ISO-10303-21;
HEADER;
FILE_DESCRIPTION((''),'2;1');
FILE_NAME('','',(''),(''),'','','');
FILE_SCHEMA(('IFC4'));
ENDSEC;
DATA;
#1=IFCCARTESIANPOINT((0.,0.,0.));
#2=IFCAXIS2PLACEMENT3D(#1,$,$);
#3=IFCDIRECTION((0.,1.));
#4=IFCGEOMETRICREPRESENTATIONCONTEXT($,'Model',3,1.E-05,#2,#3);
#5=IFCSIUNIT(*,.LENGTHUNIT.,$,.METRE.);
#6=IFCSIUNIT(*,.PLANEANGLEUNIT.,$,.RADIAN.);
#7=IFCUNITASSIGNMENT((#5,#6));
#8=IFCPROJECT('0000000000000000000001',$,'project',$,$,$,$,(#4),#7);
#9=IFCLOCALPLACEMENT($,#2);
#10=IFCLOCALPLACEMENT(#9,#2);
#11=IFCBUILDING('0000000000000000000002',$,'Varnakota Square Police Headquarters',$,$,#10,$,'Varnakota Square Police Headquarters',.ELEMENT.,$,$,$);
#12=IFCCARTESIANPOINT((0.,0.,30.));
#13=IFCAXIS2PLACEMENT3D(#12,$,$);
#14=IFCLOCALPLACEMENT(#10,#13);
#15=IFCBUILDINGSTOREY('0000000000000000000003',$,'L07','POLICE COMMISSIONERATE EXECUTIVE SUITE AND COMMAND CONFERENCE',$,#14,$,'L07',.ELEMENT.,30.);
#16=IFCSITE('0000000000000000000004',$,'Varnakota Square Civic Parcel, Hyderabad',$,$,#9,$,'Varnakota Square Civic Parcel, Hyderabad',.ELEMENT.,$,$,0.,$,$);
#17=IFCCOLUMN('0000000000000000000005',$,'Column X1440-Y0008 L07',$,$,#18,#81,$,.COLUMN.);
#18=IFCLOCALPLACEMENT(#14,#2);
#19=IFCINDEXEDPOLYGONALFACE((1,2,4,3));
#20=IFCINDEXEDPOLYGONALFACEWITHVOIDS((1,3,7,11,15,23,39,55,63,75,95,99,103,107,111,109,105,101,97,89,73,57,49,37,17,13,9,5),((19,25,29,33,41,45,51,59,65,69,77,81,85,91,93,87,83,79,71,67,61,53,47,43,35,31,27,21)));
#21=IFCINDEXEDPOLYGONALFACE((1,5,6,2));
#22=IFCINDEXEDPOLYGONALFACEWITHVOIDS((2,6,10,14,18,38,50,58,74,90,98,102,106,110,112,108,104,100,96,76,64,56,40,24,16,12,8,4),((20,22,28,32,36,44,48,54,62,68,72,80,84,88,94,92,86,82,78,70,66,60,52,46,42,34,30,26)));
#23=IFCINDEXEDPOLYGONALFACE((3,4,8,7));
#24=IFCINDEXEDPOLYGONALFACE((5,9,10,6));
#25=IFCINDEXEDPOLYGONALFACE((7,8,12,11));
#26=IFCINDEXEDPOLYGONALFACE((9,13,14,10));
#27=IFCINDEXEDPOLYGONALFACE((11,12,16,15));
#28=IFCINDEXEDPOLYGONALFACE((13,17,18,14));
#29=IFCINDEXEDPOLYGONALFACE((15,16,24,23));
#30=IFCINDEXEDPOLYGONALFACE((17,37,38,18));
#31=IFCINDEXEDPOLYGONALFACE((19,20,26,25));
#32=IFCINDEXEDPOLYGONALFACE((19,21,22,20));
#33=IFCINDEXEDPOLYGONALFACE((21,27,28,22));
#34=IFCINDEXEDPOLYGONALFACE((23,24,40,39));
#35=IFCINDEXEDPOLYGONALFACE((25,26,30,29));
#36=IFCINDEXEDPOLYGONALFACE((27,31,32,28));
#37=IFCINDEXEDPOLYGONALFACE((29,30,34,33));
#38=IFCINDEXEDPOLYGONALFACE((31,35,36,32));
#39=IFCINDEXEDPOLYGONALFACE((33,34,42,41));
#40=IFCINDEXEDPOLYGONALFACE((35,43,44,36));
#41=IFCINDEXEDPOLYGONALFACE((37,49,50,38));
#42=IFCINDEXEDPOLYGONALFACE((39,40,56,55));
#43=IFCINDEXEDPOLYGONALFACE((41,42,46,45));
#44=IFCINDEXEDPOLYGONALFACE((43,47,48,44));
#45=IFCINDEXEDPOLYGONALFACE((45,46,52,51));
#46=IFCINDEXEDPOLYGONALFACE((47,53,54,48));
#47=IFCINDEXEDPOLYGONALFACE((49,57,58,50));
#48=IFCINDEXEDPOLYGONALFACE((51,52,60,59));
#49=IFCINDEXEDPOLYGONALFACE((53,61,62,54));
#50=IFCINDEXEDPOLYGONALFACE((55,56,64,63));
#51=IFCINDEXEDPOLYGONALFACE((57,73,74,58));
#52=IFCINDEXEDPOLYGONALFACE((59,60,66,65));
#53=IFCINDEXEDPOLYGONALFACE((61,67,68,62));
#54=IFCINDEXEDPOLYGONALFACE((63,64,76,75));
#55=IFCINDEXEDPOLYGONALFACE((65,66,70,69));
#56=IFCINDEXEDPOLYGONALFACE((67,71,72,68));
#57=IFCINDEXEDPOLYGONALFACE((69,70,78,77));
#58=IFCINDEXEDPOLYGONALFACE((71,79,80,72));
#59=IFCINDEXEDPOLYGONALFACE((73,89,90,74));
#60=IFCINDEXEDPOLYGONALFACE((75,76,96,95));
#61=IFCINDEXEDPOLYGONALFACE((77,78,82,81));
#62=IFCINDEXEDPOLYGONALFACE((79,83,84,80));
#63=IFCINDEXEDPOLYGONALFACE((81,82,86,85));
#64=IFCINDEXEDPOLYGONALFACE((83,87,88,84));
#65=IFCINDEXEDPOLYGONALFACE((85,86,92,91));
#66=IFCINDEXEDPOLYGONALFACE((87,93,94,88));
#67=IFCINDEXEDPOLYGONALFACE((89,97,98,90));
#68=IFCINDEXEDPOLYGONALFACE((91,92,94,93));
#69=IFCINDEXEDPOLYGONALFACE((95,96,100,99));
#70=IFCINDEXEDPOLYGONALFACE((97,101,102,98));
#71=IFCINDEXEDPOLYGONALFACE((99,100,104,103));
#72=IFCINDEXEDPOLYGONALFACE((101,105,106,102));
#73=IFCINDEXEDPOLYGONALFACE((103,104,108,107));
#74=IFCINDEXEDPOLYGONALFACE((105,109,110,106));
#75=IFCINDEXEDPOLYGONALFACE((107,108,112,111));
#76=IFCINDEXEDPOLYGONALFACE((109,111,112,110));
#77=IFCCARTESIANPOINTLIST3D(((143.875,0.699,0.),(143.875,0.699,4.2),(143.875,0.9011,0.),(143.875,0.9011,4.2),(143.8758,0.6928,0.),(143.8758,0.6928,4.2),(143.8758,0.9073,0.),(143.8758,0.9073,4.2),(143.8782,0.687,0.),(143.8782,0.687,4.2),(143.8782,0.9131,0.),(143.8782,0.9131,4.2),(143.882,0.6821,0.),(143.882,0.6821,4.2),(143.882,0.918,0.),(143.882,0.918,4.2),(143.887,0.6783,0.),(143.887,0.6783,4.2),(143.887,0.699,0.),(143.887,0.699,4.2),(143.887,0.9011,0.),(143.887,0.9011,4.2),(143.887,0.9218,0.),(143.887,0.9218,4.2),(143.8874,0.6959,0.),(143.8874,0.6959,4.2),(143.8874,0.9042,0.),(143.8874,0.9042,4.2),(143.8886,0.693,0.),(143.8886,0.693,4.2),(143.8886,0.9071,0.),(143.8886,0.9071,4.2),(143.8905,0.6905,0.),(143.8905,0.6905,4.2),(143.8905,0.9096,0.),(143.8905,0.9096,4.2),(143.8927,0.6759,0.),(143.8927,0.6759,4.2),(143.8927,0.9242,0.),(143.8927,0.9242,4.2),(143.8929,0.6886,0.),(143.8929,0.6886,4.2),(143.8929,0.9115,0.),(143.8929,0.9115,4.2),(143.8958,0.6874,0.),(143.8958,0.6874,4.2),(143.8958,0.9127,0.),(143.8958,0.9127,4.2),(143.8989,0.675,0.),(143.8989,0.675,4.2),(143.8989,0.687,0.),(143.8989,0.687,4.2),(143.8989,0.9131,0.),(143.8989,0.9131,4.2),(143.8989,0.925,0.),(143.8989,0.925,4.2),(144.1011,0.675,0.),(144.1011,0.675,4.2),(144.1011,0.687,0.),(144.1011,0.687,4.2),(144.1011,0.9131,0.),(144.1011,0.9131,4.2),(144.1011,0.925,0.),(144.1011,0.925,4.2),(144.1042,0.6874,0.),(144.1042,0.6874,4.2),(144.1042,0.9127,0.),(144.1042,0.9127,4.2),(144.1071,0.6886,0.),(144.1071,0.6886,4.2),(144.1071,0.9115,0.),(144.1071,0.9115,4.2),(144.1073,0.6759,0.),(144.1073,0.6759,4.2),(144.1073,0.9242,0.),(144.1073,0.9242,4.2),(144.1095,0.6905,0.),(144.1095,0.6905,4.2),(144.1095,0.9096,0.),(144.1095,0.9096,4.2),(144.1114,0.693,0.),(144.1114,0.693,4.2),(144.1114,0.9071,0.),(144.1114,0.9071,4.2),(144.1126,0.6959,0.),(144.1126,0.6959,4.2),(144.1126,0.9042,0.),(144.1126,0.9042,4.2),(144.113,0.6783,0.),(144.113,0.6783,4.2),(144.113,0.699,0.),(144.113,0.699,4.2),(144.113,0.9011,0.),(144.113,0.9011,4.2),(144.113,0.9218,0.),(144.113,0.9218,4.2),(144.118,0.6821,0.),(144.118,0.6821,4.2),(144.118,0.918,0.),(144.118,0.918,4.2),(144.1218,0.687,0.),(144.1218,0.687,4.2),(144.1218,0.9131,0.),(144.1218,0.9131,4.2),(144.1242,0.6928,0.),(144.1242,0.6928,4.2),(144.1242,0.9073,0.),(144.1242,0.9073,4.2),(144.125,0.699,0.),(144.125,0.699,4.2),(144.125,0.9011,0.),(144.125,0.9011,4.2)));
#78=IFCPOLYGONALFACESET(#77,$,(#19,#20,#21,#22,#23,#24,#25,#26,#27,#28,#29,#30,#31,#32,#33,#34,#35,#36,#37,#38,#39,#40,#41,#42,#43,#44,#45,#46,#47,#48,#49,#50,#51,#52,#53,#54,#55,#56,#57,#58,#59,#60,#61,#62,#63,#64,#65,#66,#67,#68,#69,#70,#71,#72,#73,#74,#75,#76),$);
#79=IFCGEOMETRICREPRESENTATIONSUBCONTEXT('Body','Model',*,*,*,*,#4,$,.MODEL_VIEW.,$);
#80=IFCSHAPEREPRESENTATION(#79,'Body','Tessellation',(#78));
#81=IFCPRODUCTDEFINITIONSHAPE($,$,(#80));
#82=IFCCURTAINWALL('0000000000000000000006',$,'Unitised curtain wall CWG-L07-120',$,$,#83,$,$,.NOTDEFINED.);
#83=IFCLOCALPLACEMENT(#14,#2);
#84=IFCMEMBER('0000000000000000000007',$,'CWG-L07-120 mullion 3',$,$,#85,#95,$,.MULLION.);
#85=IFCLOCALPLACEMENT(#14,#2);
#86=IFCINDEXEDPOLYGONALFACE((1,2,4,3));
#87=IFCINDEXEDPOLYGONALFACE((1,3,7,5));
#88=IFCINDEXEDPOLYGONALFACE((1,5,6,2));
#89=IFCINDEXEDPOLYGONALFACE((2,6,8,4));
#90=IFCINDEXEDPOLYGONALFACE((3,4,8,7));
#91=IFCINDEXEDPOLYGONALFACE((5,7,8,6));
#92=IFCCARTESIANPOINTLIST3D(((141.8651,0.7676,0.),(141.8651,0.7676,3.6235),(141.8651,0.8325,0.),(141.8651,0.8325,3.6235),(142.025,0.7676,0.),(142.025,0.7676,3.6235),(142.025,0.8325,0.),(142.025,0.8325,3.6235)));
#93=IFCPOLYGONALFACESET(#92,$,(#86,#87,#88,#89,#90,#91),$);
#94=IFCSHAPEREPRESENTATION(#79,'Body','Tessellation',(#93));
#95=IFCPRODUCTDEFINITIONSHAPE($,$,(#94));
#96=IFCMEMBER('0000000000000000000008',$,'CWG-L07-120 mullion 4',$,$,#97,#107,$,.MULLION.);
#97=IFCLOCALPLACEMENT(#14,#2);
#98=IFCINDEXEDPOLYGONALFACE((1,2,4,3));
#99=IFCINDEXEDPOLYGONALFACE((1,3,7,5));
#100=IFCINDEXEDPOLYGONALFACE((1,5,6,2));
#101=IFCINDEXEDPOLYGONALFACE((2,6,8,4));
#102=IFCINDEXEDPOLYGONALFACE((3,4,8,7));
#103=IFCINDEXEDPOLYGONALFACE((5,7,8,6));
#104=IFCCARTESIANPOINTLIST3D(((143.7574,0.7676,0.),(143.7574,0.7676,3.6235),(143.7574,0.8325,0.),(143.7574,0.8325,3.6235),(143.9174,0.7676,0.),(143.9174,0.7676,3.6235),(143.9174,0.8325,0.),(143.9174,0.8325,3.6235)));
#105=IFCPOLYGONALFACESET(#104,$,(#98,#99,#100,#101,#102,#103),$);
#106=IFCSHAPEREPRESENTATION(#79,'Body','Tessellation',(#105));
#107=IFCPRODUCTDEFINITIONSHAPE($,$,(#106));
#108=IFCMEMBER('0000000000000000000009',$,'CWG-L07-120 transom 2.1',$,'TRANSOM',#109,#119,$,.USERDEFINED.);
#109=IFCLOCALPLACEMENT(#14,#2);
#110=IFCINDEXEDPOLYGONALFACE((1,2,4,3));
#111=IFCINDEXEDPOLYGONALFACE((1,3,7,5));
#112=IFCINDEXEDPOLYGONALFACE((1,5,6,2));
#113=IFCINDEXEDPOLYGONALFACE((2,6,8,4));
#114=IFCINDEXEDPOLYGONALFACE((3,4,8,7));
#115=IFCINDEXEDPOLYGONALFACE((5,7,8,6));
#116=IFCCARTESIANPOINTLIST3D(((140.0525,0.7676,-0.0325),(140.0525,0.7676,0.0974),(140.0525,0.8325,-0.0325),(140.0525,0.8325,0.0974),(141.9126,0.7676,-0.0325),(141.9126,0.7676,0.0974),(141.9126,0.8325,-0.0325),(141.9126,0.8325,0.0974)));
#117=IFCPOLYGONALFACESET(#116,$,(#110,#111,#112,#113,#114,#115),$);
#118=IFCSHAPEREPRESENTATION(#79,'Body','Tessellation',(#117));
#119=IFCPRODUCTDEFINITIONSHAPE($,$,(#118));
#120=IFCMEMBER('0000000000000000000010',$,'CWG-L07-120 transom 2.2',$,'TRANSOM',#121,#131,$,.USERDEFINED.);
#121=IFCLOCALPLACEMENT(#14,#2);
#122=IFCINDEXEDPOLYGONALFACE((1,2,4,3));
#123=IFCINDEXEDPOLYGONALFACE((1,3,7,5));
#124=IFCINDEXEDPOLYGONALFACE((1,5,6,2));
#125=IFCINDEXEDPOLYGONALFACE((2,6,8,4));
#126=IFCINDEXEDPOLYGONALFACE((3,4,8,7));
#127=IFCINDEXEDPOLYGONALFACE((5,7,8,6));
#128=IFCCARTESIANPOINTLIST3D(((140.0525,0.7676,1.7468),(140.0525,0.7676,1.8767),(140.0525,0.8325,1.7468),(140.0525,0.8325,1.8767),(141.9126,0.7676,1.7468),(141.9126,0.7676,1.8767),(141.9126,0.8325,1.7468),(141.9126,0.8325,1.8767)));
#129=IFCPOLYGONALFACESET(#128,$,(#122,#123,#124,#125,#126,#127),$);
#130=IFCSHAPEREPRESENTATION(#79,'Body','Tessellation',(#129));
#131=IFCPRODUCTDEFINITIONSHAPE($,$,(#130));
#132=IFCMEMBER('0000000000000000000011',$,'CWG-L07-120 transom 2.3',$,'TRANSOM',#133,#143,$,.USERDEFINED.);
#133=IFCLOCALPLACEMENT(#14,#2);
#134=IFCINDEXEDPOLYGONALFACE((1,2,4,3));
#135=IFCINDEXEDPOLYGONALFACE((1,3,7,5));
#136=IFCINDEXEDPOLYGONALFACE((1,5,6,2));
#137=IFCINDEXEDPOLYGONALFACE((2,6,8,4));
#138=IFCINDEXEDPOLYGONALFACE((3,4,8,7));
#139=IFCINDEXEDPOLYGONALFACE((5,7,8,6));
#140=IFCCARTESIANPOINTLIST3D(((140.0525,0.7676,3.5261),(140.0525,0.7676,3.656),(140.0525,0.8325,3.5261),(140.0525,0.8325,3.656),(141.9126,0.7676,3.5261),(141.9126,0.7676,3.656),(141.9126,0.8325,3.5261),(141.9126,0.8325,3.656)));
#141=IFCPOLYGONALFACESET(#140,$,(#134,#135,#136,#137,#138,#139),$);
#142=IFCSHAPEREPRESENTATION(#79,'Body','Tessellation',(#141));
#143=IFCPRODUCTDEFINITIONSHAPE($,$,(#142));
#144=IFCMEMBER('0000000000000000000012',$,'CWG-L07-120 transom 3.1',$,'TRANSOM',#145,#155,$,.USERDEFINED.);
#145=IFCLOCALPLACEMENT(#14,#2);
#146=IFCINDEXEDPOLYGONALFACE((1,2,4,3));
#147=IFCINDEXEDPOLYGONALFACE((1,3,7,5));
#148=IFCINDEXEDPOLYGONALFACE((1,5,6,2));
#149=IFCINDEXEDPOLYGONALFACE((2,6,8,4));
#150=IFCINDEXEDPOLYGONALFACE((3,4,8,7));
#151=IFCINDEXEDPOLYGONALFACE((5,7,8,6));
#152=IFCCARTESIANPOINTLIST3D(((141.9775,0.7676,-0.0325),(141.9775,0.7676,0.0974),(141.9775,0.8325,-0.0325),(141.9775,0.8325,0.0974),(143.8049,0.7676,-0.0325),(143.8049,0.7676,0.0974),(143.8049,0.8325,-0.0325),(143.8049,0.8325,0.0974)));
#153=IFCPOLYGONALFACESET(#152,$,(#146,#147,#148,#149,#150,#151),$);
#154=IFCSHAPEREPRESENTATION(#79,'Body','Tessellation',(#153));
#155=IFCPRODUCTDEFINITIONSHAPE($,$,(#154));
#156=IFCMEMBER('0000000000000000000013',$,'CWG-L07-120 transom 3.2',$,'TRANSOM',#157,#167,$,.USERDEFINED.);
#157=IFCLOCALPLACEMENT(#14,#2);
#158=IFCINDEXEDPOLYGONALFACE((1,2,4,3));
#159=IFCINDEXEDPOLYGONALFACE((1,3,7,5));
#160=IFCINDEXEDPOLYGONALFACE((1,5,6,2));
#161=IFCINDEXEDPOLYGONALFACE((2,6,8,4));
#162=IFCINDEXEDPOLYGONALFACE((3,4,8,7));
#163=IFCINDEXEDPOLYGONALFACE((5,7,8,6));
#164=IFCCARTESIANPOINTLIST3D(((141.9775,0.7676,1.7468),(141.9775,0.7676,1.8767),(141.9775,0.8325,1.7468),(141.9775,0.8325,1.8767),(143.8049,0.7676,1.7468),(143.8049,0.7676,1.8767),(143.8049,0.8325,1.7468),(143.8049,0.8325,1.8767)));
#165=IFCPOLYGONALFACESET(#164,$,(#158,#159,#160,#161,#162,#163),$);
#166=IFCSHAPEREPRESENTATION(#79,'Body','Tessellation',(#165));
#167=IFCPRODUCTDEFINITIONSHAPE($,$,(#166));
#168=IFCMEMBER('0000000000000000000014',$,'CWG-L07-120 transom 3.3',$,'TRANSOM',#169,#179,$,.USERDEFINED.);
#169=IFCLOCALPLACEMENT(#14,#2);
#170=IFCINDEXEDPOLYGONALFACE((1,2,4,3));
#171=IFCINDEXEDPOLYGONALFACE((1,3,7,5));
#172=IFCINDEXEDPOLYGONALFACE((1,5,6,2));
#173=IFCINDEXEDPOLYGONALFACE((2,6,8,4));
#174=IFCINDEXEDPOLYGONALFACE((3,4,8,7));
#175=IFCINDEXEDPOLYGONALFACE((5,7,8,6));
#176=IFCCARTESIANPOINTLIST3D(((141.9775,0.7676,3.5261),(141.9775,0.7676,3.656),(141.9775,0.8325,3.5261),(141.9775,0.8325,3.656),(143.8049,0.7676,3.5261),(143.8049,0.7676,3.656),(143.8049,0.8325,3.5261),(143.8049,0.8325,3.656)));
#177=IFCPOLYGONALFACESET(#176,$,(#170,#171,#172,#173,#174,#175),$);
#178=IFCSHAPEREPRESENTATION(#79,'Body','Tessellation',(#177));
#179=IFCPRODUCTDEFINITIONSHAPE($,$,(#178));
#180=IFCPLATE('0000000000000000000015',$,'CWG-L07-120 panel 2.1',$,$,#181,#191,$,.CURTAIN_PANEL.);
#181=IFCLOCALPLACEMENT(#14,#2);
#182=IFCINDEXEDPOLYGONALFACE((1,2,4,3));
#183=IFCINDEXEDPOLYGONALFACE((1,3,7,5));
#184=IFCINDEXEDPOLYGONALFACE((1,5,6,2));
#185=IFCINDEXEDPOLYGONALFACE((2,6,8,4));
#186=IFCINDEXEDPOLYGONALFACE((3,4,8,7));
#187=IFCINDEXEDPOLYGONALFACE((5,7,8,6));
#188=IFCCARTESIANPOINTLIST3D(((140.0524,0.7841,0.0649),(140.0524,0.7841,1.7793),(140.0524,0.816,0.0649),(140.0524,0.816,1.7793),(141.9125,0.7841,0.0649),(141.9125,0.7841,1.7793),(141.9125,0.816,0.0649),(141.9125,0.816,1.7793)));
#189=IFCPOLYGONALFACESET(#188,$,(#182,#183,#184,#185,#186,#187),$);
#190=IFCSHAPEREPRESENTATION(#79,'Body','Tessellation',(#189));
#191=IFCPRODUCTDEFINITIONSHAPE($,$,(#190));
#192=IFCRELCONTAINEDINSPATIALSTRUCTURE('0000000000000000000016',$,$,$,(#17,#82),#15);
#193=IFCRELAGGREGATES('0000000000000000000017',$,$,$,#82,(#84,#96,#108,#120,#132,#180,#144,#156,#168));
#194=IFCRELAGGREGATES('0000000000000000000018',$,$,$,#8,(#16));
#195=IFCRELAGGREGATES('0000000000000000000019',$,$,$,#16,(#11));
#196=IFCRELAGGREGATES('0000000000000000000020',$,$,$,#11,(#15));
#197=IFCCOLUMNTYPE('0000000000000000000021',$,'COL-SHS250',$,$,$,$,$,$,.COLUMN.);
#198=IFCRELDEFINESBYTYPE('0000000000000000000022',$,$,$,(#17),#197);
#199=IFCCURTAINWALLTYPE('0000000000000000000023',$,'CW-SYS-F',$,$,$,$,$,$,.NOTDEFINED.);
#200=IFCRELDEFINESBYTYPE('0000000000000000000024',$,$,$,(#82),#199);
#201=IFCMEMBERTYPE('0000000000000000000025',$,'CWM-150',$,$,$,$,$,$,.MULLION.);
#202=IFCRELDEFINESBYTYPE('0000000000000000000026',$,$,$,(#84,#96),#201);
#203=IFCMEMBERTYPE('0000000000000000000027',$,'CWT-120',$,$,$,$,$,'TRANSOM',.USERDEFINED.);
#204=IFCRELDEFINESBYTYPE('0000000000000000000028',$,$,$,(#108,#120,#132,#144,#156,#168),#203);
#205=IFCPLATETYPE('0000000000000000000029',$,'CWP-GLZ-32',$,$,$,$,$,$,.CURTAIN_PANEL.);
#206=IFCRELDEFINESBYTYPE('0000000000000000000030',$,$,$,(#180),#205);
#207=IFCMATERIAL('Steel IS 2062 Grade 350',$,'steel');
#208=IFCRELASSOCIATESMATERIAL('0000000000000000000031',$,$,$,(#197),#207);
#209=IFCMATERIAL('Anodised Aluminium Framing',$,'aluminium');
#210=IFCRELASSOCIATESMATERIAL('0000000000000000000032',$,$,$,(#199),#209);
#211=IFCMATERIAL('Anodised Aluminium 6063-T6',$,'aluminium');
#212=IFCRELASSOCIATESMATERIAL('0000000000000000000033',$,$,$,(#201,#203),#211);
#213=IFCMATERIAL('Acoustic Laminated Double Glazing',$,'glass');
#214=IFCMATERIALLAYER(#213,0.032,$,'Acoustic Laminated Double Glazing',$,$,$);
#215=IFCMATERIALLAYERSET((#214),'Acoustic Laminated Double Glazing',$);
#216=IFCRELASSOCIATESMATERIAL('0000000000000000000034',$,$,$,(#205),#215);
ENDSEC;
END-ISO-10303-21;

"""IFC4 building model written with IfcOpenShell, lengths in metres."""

from ifc_helpers import new_model, si_unit, direction, frame, origin, origin_2d, place, context, subcontext, project, spatial, rectangle, hollow_rectangle, extrude, material, layer, layer_set, material_profile, profile_set, type_object, element, aggregate, save


model = new_model("IFC4")

# Units and contexts
model_context = context("Model", 3, precision=1e-05, world=origin(), true_north=direction((0.0, 1.0)))
body_context = subcontext(model_context, "Body", "Model", "MODEL_VIEW")
ifc_project = project(units=[si_unit("LENGTHUNIT", "METRE"), si_unit("PLANEANGLEUNIT", "RADIAN")], contexts=[model_context])

# Site, building, storey
site_placement = place(None, origin())
site = spatial("IfcSite", under=ifc_project, at=site_placement, Name="Varnakota Square Civic Parcel, Hyderabad", LongName="Varnakota Square Civic Parcel, Hyderabad", CompositionType="ELEMENT", RefElevation=0.0)
building_placement = place(site_placement, origin())
building = spatial("IfcBuilding", under=site, at=building_placement, Name="Varnakota Square Police Headquarters", LongName="Varnakota Square Police Headquarters", CompositionType="ELEMENT")
storey_placement = place(building_placement, frame((0.0, 0.0, 30.0)))
storey = spatial("IfcBuildingStorey", under=building, at=storey_placement, Name="L07", Description="POLICE COMMISSIONERATE EXECUTIVE SUITE AND COMMAND CONFERENCE", LongName="L07", CompositionType="ELEMENT", Elevation=30.0)

# Column
ifc_material_1 = material(Name="Steel IS 2062 Grade 350", Category="steel")
ifc_material_profile_1 = material_profile(ifc_material_1, hollow_rectangle(XDim=0.25, YDim=0.25, WallThickness=0.012, InnerFilletRadius=0.012, OuterFilletRadius=0.0239, at=origin_2d()), Name="SHS 250x250x12")
ifc_profile_set_1 = profile_set([ifc_material_profile_1], Name="Steel IS 2062 Grade 350")
column_type = type_object("IfcColumnType", Name="COL-SHS250", PredefinedType="COLUMN", material=ifc_profile_set_1)
column_placement = place(storey_placement, frame((144.0, 0.8, 0.0), z_axis=(0.0, 0.0, 1.0), x_axis=(1.0, 0.0, 0.0)))
element("IfcColumn", 1, at=column_placement, inside=storey, type_object=column_type, Name="Column X1440-Y0008 L07", PredefinedType="COLUMN", context=body_context, shape_type="SweptSolid", body=[
    extrude(hollow_rectangle(XDim=0.25, YDim=0.25, WallThickness=0.012, InnerFilletRadius=0.012, OuterFilletRadius=0.0239, at=origin_2d()), origin(), (0.0, 0.0, 1.0), 4.2),
])

# Curtain wall, members, plate
ifc_material_2 = material(Name="Anodised Aluminium Framing", Category="aluminium")
curtain_wall_type = type_object("IfcCurtainWallType", Name="CW-SYS-F", PredefinedType="NOTDEFINED", material=ifc_material_2)
curtain_wall_placement = place(storey_placement, origin())
curtain_wall = element("IfcCurtainWall", 2, at=curtain_wall_placement, inside=storey, type_object=curtain_wall_type, Name="Unitised curtain wall CWG-L07-120", PredefinedType="NOTDEFINED")
ifc_material_3 = material(Name="Anodised Aluminium 6063-T6", Category="aluminium")
ifc_material_profile_2 = material_profile(ifc_material_3, rectangle(XDim=0.0649, YDim=0.1599, at=origin_2d()), Name="ALU MULLION 65x160")
ifc_profile_set_2 = profile_set([ifc_material_profile_2], Name="Anodised Aluminium 6063-T6")
member_type_1 = type_object("IfcMemberType", Name="CWM-150", PredefinedType="MULLION", material=ifc_profile_set_2)
member_1_placement = place(storey_placement, frame((141.9451, 0.8, 0.0), z_axis=(0.0, 0.0, 1.0), x_axis=(0.0, 1.0, 0.0)))
member_1 = element("IfcMember", 3, at=member_1_placement, type_object=member_type_1, Name="CWG-L07-120 mullion 3", PredefinedType="MULLION", context=body_context, shape_type="SweptSolid", body=[
    extrude(rectangle(XDim=0.0649, YDim=0.1599, at=origin_2d()), origin(), (0.0, 0.0, 1.0), 3.6235),
])
member_2_placement = place(storey_placement, frame((143.8374, 0.8, 0.0), z_axis=(0.0, 0.0, 1.0), x_axis=(0.0, 1.0, 0.0)))
member_2 = element("IfcMember", 4, at=member_2_placement, type_object=member_type_1, Name="CWG-L07-120 mullion 4", PredefinedType="MULLION", context=body_context, shape_type="SweptSolid", body=[
    extrude(rectangle(XDim=0.0649, YDim=0.1599, at=origin_2d()), origin(), (0.0, 0.0, 1.0), 3.6235),
])
ifc_material_profile_3 = material_profile(ifc_material_3, rectangle(XDim=0.0649, YDim=0.1299, at=origin_2d()), Name="ALU TRANSOM 65x130")
ifc_profile_set_3 = profile_set([ifc_material_profile_3], Name="Anodised Aluminium 6063-T6")
member_type_2 = type_object("IfcMemberType", Name="CWT-120", ElementType="TRANSOM", PredefinedType="USERDEFINED", material=ifc_profile_set_3)
member_3_placement = place(storey_placement, frame((140.0525, 0.8, 0.0325), z_axis=(1.0, 0.0, 0.0), x_axis=(0.0, 1.0, 0.0)))
member_3 = element("IfcMember", 5, at=member_3_placement, type_object=member_type_2, Name="CWG-L07-120 transom 2.1", ObjectType="TRANSOM", PredefinedType="USERDEFINED", context=body_context, shape_type="SweptSolid", body=[
    extrude(rectangle(XDim=0.0649, YDim=0.1299, at=origin_2d()), origin(), (0.0, 0.0, 1.0), 1.8601),
])
member_4_placement = place(storey_placement, frame((140.0525, 0.8, 1.8118), z_axis=(1.0, 0.0, 0.0), x_axis=(0.0, 1.0, 0.0)))
member_4 = element("IfcMember", 6, at=member_4_placement, type_object=member_type_2, Name="CWG-L07-120 transom 2.2", ObjectType="TRANSOM", PredefinedType="USERDEFINED", context=body_context, shape_type="SweptSolid", body=[
    extrude(rectangle(XDim=0.0649, YDim=0.1299, at=origin_2d()), origin(), (0.0, 0.0, 1.0), 1.8601),
])
member_5_placement = place(storey_placement, frame((140.0525, 0.8, 3.5911), z_axis=(1.0, 0.0, 0.0), x_axis=(0.0, 1.0, 0.0)))
member_5 = element("IfcMember", 7, at=member_5_placement, type_object=member_type_2, Name="CWG-L07-120 transom 2.3", ObjectType="TRANSOM", PredefinedType="USERDEFINED", context=body_context, shape_type="SweptSolid", body=[
    extrude(rectangle(XDim=0.0649, YDim=0.1299, at=origin_2d()), origin(), (0.0, 0.0, 1.0), 1.8601),
])
member_6_placement = place(storey_placement, frame((141.9775, 0.8, 0.0325), z_axis=(1.0, 0.0, 0.0), x_axis=(0.0, 1.0, 0.0)))
member_6 = element("IfcMember", 8, at=member_6_placement, type_object=member_type_2, Name="CWG-L07-120 transom 3.1", ObjectType="TRANSOM", PredefinedType="USERDEFINED", context=body_context, shape_type="SweptSolid", body=[
    extrude(rectangle(XDim=0.0649, YDim=0.1299, at=origin_2d()), origin(), (0.0, 0.0, 1.0), 1.8274),
])
member_7_placement = place(storey_placement, frame((141.9775, 0.8, 1.8118), z_axis=(1.0, 0.0, 0.0), x_axis=(0.0, 1.0, 0.0)))
member_7 = element("IfcMember", 9, at=member_7_placement, type_object=member_type_2, Name="CWG-L07-120 transom 3.2", ObjectType="TRANSOM", PredefinedType="USERDEFINED", context=body_context, shape_type="SweptSolid", body=[
    extrude(rectangle(XDim=0.0649, YDim=0.1299, at=origin_2d()), origin(), (0.0, 0.0, 1.0), 1.8274),
])
member_8_placement = place(storey_placement, frame((141.9775, 0.8, 3.5911), z_axis=(1.0, 0.0, 0.0), x_axis=(0.0, 1.0, 0.0)))
member_8 = element("IfcMember", 10, at=member_8_placement, type_object=member_type_2, Name="CWG-L07-120 transom 3.3", ObjectType="TRANSOM", PredefinedType="USERDEFINED", context=body_context, shape_type="SweptSolid", body=[
    extrude(rectangle(XDim=0.0649, YDim=0.1299, at=origin_2d()), origin(), (0.0, 0.0, 1.0), 1.8274),
])
ifc_material_4 = material(Name="Acoustic Laminated Double Glazing", Category="glass")
ifc_layer_1 = layer(ifc_material_4, 0.032, Name="Acoustic Laminated Double Glazing")
ifc_layer_set_1 = layer_set([ifc_layer_1], Name="Acoustic Laminated Double Glazing")
plate_type_1 = type_object("IfcPlateType", Name="CWP-GLZ-32", PredefinedType="CURTAIN_PANEL", material=ifc_layer_set_1)
plate_1_placement = place(storey_placement, frame((140.9824, 0.8, 0.0649), z_axis=(0.0, 0.0, 1.0), x_axis=(1.0, 0.0, 0.0)))
plate_1 = element("IfcPlate", 11, at=plate_1_placement, type_object=plate_type_1, Name="CWG-L07-120 panel 2.1", PredefinedType="CURTAIN_PANEL", context=body_context, shape_type="SweptSolid", body=[
    extrude(rectangle(XDim=1.8601, YDim=0.032, at=origin_2d()), origin(), (0.0, 0.0, 1.0), 1.7144),
])
aggregate(curtain_wall, [member_1, member_2, member_3, member_4, member_5, plate_1, member_6, member_7, member_8])

save(model, "model.ifc")
